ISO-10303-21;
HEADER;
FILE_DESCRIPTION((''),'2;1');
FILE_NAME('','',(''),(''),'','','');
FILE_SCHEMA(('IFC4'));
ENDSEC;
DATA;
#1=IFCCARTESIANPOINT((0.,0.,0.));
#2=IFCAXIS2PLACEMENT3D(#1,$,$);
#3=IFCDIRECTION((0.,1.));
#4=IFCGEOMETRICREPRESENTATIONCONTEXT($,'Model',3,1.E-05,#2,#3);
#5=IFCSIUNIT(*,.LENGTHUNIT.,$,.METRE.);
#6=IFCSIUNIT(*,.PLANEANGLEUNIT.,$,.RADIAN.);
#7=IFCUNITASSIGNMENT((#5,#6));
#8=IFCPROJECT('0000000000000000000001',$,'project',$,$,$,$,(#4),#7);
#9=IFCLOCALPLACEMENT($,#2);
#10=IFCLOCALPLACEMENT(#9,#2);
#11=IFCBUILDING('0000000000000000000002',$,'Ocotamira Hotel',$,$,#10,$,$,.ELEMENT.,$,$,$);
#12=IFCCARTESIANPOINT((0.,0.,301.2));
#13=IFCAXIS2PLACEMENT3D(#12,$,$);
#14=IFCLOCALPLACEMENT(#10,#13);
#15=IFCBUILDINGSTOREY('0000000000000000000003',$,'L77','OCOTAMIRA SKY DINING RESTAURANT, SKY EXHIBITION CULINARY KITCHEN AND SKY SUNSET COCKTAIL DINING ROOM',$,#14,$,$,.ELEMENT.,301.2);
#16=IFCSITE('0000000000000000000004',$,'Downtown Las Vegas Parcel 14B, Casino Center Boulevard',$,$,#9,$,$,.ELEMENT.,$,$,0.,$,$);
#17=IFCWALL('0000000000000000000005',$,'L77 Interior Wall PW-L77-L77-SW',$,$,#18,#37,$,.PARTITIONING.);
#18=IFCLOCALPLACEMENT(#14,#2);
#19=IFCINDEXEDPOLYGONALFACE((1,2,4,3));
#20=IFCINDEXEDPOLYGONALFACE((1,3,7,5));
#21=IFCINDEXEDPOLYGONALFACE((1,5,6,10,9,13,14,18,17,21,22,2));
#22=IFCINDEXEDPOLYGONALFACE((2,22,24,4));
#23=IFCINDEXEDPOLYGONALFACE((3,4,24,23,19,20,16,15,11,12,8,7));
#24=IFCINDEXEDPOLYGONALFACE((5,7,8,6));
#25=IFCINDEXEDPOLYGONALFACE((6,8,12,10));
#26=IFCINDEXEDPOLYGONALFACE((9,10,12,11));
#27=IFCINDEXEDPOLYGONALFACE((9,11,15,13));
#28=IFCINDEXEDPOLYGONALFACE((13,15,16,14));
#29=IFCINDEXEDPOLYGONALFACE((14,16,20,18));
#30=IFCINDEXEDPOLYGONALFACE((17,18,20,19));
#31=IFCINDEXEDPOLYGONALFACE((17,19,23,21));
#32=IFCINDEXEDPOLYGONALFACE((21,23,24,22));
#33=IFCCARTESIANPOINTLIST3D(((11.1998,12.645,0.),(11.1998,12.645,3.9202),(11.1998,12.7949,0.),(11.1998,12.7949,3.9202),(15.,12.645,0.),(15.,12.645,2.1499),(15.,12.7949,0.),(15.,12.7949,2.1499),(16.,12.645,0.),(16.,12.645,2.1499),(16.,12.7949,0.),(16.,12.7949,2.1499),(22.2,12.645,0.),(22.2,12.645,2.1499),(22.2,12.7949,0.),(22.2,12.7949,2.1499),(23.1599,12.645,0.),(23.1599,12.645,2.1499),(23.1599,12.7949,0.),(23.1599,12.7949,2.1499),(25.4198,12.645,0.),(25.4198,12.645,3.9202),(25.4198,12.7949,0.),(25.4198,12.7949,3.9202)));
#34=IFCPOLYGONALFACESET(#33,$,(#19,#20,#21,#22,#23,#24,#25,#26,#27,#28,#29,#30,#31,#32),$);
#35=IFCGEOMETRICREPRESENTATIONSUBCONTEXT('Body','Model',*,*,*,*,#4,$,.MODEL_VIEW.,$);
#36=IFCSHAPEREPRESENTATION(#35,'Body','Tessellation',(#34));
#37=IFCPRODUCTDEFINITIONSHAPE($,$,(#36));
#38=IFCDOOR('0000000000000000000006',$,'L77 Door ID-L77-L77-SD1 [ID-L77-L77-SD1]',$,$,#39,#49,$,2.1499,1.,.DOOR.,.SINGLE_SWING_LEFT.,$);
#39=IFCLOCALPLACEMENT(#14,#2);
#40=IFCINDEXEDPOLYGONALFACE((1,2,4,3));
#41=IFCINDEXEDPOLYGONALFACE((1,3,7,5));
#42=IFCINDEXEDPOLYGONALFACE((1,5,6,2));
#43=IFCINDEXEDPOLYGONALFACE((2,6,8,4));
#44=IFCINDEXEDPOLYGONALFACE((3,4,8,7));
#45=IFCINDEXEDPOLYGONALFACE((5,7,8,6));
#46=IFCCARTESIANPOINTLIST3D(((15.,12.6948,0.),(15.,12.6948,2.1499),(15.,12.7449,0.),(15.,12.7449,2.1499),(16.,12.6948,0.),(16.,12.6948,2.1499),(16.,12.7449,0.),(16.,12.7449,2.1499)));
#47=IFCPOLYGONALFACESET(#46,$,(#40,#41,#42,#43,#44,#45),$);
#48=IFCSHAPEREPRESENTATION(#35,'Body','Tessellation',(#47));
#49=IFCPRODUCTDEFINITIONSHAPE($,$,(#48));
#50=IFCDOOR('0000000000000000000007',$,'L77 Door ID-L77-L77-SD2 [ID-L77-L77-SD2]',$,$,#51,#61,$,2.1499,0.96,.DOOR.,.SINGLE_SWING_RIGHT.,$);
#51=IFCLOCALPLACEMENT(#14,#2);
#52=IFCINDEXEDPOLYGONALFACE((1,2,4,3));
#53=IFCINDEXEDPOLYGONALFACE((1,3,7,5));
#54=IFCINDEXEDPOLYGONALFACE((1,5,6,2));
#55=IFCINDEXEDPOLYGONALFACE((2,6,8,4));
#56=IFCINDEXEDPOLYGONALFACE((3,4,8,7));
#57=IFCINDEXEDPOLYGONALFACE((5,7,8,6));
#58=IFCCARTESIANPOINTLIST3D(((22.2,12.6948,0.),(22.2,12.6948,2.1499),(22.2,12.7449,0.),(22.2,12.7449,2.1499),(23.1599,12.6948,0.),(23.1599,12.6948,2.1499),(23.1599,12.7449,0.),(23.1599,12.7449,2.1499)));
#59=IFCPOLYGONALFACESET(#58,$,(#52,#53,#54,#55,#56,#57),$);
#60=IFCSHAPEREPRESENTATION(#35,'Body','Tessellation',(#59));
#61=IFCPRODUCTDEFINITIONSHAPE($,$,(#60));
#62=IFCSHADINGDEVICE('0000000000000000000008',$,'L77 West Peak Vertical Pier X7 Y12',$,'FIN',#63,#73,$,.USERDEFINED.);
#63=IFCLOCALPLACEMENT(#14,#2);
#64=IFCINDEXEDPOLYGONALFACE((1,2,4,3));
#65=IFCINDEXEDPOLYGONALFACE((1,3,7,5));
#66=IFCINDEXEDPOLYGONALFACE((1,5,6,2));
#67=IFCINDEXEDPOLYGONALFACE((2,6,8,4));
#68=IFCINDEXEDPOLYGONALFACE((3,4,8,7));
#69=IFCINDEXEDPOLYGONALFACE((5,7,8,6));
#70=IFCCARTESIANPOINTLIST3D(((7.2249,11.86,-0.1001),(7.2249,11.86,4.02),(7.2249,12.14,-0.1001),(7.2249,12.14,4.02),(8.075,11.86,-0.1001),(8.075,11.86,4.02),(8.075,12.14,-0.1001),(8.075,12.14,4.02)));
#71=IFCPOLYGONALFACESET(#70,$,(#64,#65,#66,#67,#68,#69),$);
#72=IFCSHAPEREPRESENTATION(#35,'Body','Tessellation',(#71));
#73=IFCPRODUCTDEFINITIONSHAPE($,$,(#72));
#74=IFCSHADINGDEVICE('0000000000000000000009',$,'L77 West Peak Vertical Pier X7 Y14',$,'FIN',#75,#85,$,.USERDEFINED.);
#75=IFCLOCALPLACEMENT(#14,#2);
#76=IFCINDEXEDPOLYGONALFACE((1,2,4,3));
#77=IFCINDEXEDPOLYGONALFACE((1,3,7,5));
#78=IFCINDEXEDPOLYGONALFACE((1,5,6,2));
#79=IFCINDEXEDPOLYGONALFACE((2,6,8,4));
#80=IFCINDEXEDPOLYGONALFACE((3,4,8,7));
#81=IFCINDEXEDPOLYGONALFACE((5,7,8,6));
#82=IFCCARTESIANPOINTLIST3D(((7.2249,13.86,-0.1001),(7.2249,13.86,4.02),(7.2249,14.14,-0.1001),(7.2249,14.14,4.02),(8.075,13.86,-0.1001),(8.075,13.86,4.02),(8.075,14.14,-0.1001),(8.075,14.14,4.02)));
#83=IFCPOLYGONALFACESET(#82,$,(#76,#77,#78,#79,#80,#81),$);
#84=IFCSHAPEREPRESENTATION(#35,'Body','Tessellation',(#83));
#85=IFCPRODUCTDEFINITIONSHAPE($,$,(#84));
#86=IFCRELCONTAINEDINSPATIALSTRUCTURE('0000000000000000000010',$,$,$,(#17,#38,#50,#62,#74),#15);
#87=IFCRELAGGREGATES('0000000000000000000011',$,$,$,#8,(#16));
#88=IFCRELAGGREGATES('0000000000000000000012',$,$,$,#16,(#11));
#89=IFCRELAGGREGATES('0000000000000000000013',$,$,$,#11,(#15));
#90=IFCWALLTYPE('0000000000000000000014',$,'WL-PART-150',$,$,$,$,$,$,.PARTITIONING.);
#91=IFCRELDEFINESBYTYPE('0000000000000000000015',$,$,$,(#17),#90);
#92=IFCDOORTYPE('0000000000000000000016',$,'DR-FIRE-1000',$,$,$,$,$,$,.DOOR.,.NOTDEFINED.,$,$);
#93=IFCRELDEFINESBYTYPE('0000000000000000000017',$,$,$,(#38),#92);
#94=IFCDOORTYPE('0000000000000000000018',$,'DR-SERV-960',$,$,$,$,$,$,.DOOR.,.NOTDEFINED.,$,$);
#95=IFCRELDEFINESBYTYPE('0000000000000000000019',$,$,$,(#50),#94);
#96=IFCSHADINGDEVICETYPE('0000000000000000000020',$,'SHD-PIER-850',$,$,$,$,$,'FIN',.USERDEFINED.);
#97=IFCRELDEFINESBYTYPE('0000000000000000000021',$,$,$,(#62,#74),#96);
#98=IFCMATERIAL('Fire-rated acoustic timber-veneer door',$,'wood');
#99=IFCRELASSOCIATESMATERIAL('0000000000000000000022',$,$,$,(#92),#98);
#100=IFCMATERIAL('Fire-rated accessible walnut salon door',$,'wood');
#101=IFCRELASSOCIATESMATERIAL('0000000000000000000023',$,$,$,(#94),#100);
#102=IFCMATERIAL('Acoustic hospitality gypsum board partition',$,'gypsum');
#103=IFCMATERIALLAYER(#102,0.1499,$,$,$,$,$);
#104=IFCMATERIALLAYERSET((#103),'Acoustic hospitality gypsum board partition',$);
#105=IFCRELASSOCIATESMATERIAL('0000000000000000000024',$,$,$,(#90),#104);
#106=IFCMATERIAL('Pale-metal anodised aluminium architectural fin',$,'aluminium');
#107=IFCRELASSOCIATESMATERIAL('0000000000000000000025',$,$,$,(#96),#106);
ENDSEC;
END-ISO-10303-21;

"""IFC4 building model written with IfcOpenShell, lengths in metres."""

from ifc_helpers import new_model, si_unit, direction, frame, frame_2d, origin, origin_2d, place, context, subcontext, project, spatial, rectangle, extrude, source, transform, mapped, material, layer, layer_set, type_object, element, fill, save


model = new_model("IFC4")

# Units and contexts
model_context = context("Model", 3, precision=1e-05, world=origin(), true_north=direction((0.0, 1.0)))
body_context = subcontext(model_context, "Body", "Model", "MODEL_VIEW")
ifc_project = project(units=[si_unit("LENGTHUNIT", "METRE"), si_unit("PLANEANGLEUNIT", "RADIAN")], contexts=[model_context])

# Site, building, storey
site_placement = place(None, origin())
site = spatial("IfcSite", under=ifc_project, at=site_placement, Name="Downtown Las Vegas Parcel 14B, Casino Center Boulevard", CompositionType="ELEMENT", RefElevation=0.0)
building_placement = place(site_placement, origin())
building = spatial("IfcBuilding", under=site, at=building_placement, Name="Ocotamira Hotel", CompositionType="ELEMENT")
storey_placement = place(building_placement, frame((0.0, 0.0, 301.2)))
storey = spatial("IfcBuildingStorey", under=building, at=storey_placement, Name="L77", Description="OCOTAMIRA SKY DINING RESTAURANT, SKY EXHIBITION CULINARY KITCHEN AND SKY SUNSET COCKTAIL DINING ROOM", CompositionType="ELEMENT", Elevation=301.2)

# Shared definitions
ifc_material_1 = material(Name="Fire-rated acoustic timber-veneer door", Category="wood")
door_type_1 = type_object("IfcDoorType", Name="DR-FIRE-1000", OperationType="NOTDEFINED", PredefinedType="DOOR", material=ifc_material_1)
shared_shape_1 = source(origin(), body_context, "Body", "SweptSolid", [
    extrude(rectangle(XDim=1.0, YDim=2.1499, at=frame_2d((0.5, 1.075))), frame((0.0, 0.0249, 0.0), z_axis=(0.0, -1.0, 0.0), x_axis=(1.0, 0.0, 0.0)), (0.0, 0.0, 1.0), 0.05),
])

# Shared definitions
ifc_material_2 = material(Name="Fire-rated accessible walnut salon door", Category="wood")
door_type_2 = type_object("IfcDoorType", Name="DR-SERV-960", OperationType="NOTDEFINED", PredefinedType="DOOR", material=ifc_material_2)
shared_shape_2 = source(origin(), body_context, "Body", "SweptSolid", [
    extrude(rectangle(XDim=0.96, YDim=2.1499, at=frame_2d((0.48, 1.075))), frame((0.0, 0.0249, 0.0), z_axis=(0.0, -1.0, 0.0), x_axis=(1.0, 0.0, 0.0)), (0.0, 0.0, 1.0), 0.05),
])

# Wall, openings, doors
ifc_material_3 = material(Name="Acoustic hospitality gypsum board partition", Category="gypsum")
ifc_layer_1 = layer(ifc_material_3, 0.1499)
ifc_layer_set_1 = layer_set([ifc_layer_1], Name="Acoustic hospitality gypsum board partition")
wall_type_1 = type_object("IfcWallType", Name="WL-PART-150", PredefinedType="PARTITIONING", material=ifc_layer_set_1)
wall_1_placement = place(storey_placement, frame((11.2, 12.72, 0.0), z_axis=(0.0, 0.0, 1.0), x_axis=(1.0, 0.0, 0.0)))
wall_1 = element("IfcWall", 1, at=wall_1_placement, inside=storey, type_object=wall_type_1, Name="L77 Interior Wall PW-L77-L77-SW", PredefinedType="PARTITIONING", context=body_context, shape_type="SweptSolid", body=[
    extrude(rectangle(XDim=14.22, YDim=0.1499, at=frame_2d((7.1099, 0.0))), origin(), (0.0, 0.0, 1.0), 3.9202),
])
opening_1_placement = place(wall_1_placement, frame((3.8, 0.0, 0.0)))
opening_1 = element("IfcOpeningElement", 2, at=opening_1_placement, cuts=wall_1, PredefinedType="OPENING", context=body_context, shape_type="SweptSolid", body=[
    extrude(rectangle(XDim=1.0, YDim=2.1499, at=frame_2d((0.5, 1.075))), frame((0.0, 0.085, 0.0), z_axis=(0.0, -1.0, 0.0), x_axis=(1.0, 0.0, 0.0)), (0.0, 0.0, 1.0), 0.1699),
])
opening_2_placement = place(wall_1_placement, frame((11.0, 0.0, 0.0)))
opening_2 = element("IfcOpeningElement", 3, at=opening_2_placement, cuts=wall_1, PredefinedType="OPENING", context=body_context, shape_type="SweptSolid", body=[
    extrude(rectangle(XDim=0.96, YDim=2.1499, at=frame_2d((0.48, 1.075))), frame((0.0, 0.085, 0.0), z_axis=(0.0, -1.0, 0.0), x_axis=(1.0, 0.0, 0.0)), (0.0, 0.0, 1.0), 0.1699),
])
door_1_placement = place(opening_1_placement, origin())
door_1 = element("IfcDoor", 4, at=door_1_placement, inside=storey, type_object=door_type_1, Name="L77 Door ID-L77-L77-SD1 [ID-L77-L77-SD1]", OperationType="SINGLE_SWING_LEFT", OverallHeight=2.1499, OverallWidth=1.0, PredefinedType="DOOR", context=body_context, shape_type="MappedRepresentation", body=[
    mapped(shared_shape_1, transform((0.0, 0.0, 0.0), scale=1.0)),
])
fill(opening_1, door_1)
door_2_placement = place(opening_2_placement, origin())
door_2 = element("IfcDoor", 5, at=door_2_placement, inside=storey, type_object=door_type_2, Name="L77 Door ID-L77-L77-SD2 [ID-L77-L77-SD2]", OperationType="SINGLE_SWING_RIGHT", OverallHeight=2.1499, OverallWidth=0.96, PredefinedType="DOOR", context=body_context, shape_type="MappedRepresentation", body=[
    mapped(shared_shape_2, transform((0.0, 0.0, 0.0), scale=1.0)),
])
fill(opening_2, door_2)

# Shading devices
ifc_material_4 = material(Name="Pale-metal anodised aluminium architectural fin", Category="aluminium")
shading_device_type = type_object("IfcShadingDeviceType", Name="SHD-PIER-850", ElementType="FIN", PredefinedType="USERDEFINED", material=ifc_material_4)
shared_shape_3 = source(origin(), body_context, "Body", "SweptSolid", [
    extrude(rectangle(XDim=0.8501, YDim=0.28, at=origin_2d()), origin(), (0.0, 0.0, 1.0), 4.1201),
])
for number, where, z_axis, x_axis, name in (
    (6, (7.6499, 12.0, -0.1001), (0.0, 0.0, 1.0), (1.0, 0.0, 0.0), "L77 West Peak Vertical Pier X7 Y12"),
    (7, (7.6499, 14.0, -0.1001), (0.0, 0.0, 1.0), (1.0, 0.0, 0.0), "L77 West Peak Vertical Pier X7 Y14"),
):
    element("IfcShadingDevice", number, at=place(storey_placement, frame(where, z_axis=z_axis, x_axis=x_axis)), inside=storey, type_object=shading_device_type, Name=name, ObjectType="FIN", PredefinedType="USERDEFINED", context=body_context, shape_type="MappedRepresentation", body=[
        mapped(shared_shape_3, transform((0.0, 0.0, 0.0), scale=1.0)),
    ])

save(model, "model.ifc")
